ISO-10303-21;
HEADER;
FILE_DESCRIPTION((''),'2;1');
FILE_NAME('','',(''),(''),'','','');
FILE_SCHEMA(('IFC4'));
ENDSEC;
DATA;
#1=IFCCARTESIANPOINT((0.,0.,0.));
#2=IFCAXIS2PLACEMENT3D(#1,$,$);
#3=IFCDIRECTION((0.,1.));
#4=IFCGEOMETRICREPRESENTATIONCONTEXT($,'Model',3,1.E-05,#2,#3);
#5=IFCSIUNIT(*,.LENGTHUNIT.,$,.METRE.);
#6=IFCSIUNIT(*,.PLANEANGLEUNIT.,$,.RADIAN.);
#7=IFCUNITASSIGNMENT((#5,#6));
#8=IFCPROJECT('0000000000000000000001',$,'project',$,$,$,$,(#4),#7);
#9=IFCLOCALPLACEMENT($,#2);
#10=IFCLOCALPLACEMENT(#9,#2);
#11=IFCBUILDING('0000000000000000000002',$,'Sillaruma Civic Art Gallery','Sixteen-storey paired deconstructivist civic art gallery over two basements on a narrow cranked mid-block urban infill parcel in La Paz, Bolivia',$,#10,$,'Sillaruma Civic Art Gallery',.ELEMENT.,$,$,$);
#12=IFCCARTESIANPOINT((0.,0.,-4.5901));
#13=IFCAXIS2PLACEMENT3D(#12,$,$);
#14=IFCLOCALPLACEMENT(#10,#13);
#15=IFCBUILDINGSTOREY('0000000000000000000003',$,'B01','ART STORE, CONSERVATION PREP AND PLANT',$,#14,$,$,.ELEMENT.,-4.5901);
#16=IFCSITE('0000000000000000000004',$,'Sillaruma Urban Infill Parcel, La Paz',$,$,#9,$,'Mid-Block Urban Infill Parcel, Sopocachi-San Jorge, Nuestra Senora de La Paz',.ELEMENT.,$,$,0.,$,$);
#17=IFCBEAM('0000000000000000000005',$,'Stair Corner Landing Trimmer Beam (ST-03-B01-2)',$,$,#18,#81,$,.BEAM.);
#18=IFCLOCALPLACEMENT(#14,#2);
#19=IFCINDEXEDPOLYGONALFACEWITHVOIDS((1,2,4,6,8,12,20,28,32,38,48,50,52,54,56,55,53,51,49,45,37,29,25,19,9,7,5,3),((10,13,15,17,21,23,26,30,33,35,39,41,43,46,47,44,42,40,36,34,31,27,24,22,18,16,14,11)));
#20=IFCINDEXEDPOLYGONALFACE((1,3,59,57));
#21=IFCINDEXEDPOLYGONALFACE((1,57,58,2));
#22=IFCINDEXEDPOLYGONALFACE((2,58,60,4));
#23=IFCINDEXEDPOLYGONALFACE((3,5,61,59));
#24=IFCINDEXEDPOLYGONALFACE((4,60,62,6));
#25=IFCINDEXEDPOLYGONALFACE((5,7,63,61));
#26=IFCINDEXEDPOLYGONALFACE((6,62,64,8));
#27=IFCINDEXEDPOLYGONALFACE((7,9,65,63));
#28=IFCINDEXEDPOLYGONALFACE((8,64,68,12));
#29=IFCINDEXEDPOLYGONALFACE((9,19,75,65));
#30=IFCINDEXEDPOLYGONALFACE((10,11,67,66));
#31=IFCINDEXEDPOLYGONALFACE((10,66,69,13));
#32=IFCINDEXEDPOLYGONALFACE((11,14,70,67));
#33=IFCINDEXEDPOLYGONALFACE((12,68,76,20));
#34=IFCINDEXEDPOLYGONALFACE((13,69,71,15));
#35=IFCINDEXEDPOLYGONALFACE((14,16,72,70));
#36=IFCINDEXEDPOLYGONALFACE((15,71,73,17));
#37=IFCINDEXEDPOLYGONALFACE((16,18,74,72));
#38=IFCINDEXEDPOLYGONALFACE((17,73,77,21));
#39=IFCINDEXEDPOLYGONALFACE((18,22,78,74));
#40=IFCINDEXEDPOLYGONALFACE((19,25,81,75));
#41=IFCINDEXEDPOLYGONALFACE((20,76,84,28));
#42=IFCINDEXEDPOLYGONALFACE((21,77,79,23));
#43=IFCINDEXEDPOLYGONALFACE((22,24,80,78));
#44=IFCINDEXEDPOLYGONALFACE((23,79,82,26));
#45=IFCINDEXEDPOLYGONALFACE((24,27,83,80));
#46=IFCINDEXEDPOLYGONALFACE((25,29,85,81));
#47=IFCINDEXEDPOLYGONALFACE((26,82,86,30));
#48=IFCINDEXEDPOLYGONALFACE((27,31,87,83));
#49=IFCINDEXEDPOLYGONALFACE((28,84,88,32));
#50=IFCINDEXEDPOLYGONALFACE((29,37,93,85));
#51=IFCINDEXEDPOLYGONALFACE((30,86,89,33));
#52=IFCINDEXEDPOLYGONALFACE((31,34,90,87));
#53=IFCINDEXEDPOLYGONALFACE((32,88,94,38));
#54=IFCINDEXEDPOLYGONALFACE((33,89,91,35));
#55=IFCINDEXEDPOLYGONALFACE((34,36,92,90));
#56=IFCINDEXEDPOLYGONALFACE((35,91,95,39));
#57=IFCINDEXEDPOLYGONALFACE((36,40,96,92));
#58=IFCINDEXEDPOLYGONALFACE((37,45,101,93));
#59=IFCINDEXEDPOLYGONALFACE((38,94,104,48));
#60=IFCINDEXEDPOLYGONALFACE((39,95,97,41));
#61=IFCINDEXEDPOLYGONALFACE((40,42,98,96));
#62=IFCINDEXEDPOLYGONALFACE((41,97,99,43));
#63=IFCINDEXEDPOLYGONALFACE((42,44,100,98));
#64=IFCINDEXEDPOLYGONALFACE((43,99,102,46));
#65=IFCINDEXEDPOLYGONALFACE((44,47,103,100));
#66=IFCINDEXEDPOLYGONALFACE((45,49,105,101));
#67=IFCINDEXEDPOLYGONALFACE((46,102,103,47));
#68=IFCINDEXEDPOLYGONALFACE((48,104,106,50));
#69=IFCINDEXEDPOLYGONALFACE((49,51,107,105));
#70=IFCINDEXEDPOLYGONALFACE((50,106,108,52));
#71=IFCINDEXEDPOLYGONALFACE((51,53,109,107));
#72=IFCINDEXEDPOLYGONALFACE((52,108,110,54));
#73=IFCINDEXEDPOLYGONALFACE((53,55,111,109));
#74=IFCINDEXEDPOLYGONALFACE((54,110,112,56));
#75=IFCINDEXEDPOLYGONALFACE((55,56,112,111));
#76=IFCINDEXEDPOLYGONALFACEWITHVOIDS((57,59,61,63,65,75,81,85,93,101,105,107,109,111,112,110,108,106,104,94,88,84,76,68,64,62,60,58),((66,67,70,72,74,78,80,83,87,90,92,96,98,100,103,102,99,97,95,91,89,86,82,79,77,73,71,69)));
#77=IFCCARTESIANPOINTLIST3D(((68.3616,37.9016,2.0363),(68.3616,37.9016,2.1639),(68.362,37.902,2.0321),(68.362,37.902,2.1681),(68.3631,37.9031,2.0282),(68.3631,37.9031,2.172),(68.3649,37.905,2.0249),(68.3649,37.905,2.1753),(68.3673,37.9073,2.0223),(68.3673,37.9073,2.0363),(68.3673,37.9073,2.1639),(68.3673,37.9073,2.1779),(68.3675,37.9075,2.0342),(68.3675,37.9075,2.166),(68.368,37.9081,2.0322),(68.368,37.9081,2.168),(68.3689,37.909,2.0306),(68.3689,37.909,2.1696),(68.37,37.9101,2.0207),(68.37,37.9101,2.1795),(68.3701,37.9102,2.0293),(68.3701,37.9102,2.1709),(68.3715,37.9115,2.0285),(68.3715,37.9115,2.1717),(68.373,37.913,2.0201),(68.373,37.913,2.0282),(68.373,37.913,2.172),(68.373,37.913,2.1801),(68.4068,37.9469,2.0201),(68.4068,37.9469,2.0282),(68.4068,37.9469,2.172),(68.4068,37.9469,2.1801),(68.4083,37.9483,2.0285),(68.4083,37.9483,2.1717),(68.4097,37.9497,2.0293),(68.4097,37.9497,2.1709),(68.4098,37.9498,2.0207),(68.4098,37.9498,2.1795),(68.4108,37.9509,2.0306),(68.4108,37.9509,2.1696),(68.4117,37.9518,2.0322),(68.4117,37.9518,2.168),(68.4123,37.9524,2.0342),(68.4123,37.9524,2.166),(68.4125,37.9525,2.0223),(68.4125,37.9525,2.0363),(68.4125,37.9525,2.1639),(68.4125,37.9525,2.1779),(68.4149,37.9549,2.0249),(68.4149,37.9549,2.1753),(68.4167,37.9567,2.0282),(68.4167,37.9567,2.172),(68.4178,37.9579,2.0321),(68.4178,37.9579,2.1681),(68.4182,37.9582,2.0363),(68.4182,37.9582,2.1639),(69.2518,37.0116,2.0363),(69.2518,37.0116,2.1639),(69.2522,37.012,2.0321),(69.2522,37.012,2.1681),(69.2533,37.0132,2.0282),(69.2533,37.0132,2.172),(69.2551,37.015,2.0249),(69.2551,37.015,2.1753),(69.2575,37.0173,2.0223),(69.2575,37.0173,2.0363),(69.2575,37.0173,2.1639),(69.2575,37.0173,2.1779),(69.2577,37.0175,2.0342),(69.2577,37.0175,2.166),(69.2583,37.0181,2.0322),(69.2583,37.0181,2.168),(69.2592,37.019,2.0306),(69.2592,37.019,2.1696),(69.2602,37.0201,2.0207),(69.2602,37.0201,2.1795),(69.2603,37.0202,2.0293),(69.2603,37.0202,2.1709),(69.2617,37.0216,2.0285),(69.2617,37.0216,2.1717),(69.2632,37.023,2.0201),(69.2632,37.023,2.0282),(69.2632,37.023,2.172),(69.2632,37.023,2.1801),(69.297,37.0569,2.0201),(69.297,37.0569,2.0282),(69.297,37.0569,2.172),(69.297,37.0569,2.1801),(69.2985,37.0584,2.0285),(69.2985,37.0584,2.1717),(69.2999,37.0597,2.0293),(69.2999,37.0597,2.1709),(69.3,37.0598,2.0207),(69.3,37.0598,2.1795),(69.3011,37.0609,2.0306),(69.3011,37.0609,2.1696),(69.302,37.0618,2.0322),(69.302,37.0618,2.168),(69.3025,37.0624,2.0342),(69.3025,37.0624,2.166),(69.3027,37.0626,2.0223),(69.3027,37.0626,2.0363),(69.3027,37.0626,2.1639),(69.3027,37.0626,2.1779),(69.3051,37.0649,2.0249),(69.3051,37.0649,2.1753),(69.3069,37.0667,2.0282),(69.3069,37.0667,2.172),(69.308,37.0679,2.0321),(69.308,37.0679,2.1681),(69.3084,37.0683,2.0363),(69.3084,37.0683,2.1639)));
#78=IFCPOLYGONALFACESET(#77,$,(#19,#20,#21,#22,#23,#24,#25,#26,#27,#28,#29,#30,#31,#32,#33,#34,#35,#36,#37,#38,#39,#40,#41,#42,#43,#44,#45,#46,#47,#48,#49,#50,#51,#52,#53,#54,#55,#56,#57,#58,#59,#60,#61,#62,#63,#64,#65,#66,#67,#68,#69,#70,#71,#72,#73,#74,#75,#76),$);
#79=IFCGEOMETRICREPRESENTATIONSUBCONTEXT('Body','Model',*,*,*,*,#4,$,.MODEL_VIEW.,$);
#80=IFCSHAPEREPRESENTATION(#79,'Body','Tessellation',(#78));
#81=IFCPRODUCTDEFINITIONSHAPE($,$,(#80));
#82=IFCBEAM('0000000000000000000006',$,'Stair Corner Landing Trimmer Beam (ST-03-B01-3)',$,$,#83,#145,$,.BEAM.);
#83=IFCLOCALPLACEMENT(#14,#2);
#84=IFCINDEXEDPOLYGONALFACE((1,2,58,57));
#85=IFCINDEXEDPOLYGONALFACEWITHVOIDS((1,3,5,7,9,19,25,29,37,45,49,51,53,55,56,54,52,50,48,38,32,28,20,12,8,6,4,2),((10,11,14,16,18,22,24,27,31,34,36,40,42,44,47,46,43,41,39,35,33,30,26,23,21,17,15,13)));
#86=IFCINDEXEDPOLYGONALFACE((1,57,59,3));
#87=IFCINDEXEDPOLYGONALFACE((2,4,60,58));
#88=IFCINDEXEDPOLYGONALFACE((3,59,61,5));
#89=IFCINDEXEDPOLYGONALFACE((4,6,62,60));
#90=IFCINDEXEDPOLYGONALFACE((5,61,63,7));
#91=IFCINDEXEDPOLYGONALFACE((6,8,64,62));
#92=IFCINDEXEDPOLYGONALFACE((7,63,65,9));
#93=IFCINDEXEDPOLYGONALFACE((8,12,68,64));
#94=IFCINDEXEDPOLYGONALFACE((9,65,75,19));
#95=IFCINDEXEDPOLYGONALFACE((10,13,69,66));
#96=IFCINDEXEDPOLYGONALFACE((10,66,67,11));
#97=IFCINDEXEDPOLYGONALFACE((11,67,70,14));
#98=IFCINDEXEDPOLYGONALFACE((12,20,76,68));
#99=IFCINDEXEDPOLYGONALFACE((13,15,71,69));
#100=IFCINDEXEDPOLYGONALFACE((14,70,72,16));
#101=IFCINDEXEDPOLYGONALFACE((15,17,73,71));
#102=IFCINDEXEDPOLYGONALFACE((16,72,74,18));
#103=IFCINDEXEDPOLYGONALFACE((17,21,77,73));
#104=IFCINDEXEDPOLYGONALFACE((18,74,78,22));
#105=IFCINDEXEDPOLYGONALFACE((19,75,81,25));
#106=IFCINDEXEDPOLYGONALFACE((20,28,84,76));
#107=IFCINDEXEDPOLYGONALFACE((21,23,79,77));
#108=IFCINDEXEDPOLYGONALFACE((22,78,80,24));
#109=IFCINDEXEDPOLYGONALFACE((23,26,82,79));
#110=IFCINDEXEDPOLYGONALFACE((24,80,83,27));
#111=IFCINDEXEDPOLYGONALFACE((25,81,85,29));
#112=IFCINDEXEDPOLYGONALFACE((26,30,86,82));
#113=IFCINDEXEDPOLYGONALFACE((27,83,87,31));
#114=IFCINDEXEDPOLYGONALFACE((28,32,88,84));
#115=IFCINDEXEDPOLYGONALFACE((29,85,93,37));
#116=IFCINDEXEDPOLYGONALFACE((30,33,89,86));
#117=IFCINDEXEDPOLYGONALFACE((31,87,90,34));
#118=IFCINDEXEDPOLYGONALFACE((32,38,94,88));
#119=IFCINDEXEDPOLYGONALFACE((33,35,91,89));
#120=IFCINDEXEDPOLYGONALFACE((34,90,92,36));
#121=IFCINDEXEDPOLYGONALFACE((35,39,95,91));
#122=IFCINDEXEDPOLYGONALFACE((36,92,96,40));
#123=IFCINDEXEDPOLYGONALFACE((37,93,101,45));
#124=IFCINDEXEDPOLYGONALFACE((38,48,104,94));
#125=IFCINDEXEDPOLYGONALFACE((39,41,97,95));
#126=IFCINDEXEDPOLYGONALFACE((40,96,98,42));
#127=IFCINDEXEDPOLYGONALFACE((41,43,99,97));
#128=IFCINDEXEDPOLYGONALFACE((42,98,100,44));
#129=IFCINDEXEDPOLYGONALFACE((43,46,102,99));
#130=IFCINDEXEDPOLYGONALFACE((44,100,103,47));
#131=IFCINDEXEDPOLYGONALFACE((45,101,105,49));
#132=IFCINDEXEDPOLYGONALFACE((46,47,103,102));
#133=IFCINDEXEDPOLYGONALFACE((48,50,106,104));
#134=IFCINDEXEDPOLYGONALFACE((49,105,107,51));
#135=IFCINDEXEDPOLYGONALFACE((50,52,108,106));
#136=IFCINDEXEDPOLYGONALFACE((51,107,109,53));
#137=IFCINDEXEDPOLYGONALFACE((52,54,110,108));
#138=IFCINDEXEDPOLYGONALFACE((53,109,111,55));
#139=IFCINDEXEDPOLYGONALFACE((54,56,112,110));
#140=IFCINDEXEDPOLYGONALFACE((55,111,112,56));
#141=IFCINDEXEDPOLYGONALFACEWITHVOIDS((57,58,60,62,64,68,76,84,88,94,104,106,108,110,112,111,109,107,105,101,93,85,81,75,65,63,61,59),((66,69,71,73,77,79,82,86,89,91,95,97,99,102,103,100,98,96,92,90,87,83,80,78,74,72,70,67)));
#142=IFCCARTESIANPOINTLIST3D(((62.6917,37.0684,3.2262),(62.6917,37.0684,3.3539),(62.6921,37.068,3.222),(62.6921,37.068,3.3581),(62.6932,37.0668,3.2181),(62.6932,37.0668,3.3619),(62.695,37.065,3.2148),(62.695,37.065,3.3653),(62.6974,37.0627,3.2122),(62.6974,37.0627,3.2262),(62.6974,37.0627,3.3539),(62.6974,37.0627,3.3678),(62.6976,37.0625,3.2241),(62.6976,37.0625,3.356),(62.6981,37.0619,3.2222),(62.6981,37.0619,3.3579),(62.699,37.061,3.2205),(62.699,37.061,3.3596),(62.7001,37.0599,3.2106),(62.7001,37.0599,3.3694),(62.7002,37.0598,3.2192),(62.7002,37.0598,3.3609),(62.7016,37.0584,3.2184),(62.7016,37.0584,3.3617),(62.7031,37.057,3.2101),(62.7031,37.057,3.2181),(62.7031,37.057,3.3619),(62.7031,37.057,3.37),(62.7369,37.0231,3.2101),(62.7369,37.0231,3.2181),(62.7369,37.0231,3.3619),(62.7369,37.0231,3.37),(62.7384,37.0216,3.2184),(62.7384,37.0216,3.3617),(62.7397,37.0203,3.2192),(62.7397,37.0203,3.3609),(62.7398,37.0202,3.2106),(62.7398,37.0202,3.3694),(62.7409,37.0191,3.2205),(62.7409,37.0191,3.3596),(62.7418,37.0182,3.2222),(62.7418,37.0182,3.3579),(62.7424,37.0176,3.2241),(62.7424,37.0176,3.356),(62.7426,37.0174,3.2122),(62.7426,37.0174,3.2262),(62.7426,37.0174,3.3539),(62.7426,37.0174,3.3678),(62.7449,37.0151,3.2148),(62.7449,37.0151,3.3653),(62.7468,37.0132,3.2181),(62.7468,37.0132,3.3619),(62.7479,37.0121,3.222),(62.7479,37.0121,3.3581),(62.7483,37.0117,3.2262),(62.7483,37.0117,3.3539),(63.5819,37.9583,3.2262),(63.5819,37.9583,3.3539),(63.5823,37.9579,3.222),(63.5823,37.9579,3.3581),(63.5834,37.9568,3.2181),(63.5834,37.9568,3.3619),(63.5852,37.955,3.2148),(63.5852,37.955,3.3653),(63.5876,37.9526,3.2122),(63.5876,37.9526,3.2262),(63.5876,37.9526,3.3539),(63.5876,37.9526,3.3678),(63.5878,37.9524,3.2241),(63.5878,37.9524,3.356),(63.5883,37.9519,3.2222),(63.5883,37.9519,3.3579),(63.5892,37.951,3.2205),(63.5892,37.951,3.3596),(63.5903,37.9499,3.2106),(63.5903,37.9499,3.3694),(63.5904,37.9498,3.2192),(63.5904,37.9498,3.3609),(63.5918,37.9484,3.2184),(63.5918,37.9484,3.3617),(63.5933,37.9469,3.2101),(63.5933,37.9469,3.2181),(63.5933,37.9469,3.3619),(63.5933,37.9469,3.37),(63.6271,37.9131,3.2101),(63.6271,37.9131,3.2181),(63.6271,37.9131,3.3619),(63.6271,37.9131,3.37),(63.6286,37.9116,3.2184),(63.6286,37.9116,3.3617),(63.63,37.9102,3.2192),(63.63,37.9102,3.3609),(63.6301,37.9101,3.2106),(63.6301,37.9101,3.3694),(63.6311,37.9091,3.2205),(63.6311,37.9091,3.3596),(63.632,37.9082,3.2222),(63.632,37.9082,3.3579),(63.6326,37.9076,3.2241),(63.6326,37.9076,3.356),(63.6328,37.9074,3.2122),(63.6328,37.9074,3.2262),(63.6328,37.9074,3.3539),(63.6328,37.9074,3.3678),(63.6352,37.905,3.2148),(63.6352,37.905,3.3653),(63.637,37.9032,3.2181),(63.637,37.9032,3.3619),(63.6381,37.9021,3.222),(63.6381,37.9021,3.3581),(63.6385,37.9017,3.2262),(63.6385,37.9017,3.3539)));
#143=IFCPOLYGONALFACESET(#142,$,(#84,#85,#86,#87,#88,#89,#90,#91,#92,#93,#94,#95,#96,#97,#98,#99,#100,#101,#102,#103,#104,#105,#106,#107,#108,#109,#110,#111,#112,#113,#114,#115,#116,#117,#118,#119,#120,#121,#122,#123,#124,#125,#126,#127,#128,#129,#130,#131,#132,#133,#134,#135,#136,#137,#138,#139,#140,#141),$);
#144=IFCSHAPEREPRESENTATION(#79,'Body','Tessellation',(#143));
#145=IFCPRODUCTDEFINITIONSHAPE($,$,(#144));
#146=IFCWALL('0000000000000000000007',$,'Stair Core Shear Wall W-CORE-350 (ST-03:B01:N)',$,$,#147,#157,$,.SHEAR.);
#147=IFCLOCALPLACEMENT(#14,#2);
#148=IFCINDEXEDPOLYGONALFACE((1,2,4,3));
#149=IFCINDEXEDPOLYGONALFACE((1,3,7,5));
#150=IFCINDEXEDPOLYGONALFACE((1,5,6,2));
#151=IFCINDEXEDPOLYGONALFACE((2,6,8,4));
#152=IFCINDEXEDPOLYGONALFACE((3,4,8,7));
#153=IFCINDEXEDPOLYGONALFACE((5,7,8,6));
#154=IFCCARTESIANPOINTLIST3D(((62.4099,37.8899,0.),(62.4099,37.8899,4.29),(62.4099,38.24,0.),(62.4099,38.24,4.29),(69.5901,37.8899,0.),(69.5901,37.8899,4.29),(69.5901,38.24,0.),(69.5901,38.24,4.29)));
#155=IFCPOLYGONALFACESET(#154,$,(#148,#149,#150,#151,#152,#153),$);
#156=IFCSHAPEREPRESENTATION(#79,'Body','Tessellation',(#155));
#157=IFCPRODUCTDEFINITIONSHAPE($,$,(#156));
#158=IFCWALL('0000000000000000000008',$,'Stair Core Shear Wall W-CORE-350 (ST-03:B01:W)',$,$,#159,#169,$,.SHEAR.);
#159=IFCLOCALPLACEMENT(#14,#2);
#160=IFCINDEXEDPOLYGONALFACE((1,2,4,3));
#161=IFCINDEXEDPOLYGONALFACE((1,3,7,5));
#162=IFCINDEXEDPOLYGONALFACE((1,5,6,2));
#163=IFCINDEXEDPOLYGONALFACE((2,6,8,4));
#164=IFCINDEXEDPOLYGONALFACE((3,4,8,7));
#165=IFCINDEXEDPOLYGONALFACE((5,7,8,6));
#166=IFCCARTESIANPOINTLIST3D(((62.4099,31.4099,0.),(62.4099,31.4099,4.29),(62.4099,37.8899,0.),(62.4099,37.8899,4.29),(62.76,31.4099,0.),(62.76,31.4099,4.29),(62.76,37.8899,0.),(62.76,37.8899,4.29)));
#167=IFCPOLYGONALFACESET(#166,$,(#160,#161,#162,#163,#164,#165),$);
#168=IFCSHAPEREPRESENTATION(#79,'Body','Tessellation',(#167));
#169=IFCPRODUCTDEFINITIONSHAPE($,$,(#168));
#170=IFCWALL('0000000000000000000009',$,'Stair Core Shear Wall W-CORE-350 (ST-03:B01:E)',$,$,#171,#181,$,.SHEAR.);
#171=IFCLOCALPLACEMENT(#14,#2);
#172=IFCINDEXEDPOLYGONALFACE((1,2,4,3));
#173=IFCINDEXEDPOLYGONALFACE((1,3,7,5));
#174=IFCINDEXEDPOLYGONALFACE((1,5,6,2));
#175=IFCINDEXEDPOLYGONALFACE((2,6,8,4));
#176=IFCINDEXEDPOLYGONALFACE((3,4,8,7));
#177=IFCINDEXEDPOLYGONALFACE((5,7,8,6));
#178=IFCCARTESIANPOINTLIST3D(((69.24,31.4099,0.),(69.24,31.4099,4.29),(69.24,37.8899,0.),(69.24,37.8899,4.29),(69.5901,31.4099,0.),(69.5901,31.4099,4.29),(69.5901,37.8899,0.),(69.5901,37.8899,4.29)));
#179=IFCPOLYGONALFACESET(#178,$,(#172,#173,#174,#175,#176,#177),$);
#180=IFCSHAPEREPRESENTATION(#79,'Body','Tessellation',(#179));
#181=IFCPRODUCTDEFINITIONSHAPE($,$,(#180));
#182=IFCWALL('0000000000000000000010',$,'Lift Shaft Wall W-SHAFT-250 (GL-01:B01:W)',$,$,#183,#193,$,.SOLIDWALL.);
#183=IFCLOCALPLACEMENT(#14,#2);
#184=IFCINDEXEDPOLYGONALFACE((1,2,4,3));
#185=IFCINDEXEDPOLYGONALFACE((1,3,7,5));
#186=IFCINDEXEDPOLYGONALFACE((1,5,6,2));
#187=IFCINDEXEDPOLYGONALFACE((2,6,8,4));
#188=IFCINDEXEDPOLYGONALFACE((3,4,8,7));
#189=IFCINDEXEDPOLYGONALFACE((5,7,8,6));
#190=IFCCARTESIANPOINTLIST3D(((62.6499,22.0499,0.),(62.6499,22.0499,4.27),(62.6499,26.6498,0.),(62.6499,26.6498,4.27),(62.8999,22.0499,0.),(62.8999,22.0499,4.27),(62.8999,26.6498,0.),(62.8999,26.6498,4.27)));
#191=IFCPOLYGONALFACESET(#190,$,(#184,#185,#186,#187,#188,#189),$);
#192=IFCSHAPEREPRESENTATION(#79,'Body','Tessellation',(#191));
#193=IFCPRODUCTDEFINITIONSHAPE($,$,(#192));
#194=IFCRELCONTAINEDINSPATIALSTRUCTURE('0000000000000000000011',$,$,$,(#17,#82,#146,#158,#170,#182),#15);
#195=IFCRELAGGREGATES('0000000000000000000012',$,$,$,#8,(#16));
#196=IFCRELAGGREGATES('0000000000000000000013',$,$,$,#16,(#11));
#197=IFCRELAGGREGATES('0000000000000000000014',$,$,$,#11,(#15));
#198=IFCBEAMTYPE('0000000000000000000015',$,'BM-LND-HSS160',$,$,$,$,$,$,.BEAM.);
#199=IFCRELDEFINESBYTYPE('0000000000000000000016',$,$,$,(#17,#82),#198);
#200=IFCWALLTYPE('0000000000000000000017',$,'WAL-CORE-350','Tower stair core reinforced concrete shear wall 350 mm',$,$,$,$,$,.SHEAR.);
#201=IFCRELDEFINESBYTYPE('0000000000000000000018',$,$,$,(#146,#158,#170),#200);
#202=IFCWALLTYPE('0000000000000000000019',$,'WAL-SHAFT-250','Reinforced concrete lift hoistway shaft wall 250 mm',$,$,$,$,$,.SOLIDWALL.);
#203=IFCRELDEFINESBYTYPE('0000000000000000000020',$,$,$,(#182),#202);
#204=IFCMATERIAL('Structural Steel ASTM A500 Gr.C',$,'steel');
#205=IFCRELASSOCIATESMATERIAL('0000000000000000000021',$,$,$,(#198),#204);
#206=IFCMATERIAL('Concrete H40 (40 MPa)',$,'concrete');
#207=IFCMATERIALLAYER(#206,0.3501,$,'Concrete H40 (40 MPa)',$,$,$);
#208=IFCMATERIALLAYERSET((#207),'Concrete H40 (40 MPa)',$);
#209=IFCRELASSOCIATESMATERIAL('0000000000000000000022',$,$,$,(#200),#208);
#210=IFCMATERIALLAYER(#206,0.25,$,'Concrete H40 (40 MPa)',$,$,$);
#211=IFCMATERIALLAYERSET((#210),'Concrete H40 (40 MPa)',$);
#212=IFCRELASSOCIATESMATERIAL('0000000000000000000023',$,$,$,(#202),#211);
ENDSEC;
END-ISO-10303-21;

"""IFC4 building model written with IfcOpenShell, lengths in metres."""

from ifc_helpers import new_model, si_unit, direction, frame, frame_2d, origin, origin_2d, place, context, subcontext, project, spatial, rectangle, hollow_rectangle, extrude, material, layer, layer_set, material_profile, profile_set, type_object, element, save


model = new_model("IFC4")

# Units and contexts
model_context = context("Model", 3, precision=1e-05, world=origin(), true_north=direction((0.0, 1.0)))
body_context = subcontext(model_context, "Body", "Model", "MODEL_VIEW")
ifc_project = project(units=[si_unit("LENGTHUNIT", "METRE"), si_unit("PLANEANGLEUNIT", "RADIAN")], contexts=[model_context])

# Site, building, storey
site_placement = place(None, origin())
site = spatial("IfcSite", under=ifc_project, at=site_placement, Name="Sillaruma Urban Infill Parcel, La Paz", LongName="Mid-Block Urban Infill Parcel, Sopocachi-San Jorge, Nuestra Senora de La Paz", CompositionType="ELEMENT", RefElevation=0.0)
building_placement = place(site_placement, origin())
building = spatial("IfcBuilding", under=site, at=building_placement, Name="Sillaruma Civic Art Gallery", Description="Sixteen-storey paired deconstructivist civic art gallery over two basements on a narrow cranked mid-block urban infill parcel in La Paz, Bolivia", LongName="Sillaruma Civic Art Gallery", CompositionType="ELEMENT")
storey_placement = place(building_placement, frame((0.0, 0.0, -4.5901)))
storey = spatial("IfcBuildingStorey", under=building, at=storey_placement, Name="B01", Description="ART STORE, CONSERVATION PREP AND PLANT", CompositionType="ELEMENT", Elevation=-4.5901)

# Shared definitions
ifc_material_1 = material(Name="Concrete H40 (40 MPa)", Category="concrete")

# Beams
ifc_material_2 = material(Name="Structural Steel ASTM A500 Gr.C", Category="steel")
ifc_material_profile_1 = material_profile(ifc_material_2, hollow_rectangle(XDim=0.0801, YDim=0.1599, WallThickness=0.0081, InnerFilletRadius=0.0081, OuterFilletRadius=0.0161, at=origin_2d()), Name="HSS160x80x8")
ifc_profile_set_1 = profile_set([ifc_material_profile_1], Name="Structural Steel ASTM A500 Gr.C")
beam_type_1 = type_object("IfcBeamType", Name="BM-LND-HSS160", PredefinedType="BEAM", material=ifc_profile_set_1)
for number, where, z_axis, x_axis, name in (
    (1, (68.3899, 37.9299, 2.1001), (0.707204, -0.70701, 0.0), (0.70701, 0.707204, 0.0), "Stair Corner Landing Trimmer Beam (ST-03-B01-2)"),
    (2, (62.72, 37.04, 3.29), (0.707204, 0.70701, 0.0), (-0.70701, 0.707204, 0.0), "Stair Corner Landing Trimmer Beam (ST-03-B01-3)"),
):
    element("IfcBeam", number, at=place(storey_placement, frame(where, z_axis=z_axis, x_axis=x_axis)), inside=storey, type_object=beam_type_1, Name=name, PredefinedType="BEAM", context=body_context, shape_type="SweptSolid", body=[
        extrude(hollow_rectangle(XDim=0.0801, YDim=0.1599, WallThickness=0.0081, InnerFilletRadius=0.0081, OuterFilletRadius=0.0161, at=origin_2d()), origin(), (0.0, 0.0, 1.0), 1.2588),
    ])

# Walls
ifc_layer_1 = layer(ifc_material_1, 0.3501, Name="Concrete H40 (40 MPa)")
ifc_layer_set_1 = layer_set([ifc_layer_1], Name="Concrete H40 (40 MPa)")
wall_type_1 = type_object("IfcWallType", Name="WAL-CORE-350", Description="Tower stair core reinforced concrete shear wall 350 mm", PredefinedType="SHEAR", material=ifc_layer_set_1)
wall_1_placement = place(storey_placement, frame((62.4099, 38.0649, 0.0), z_axis=(0.0, 0.0, 1.0), x_axis=(1.0, 0.0, 0.0)))
element("IfcWall", 3, at=wall_1_placement, inside=storey, type_object=wall_type_1, Name="Stair Core Shear Wall W-CORE-350 (ST-03:B01:N)", PredefinedType="SHEAR", context=body_context, shape_type="SweptSolid", body=[
    extrude(rectangle(XDim=7.1802, YDim=0.3501, at=frame_2d((3.5901, 0.0))), origin(), (0.0, 0.0, 1.0), 4.29),
])
for number, where, z_axis, x_axis, name in (
    (4, (62.585, 31.4099, 0.0), (0.0, 0.0, 1.0), (0.0, 1.0, 0.0), "Stair Core Shear Wall W-CORE-350 (ST-03:B01:W)"),
    (5, (69.415, 31.4099, 0.0), (0.0, 0.0, 1.0), (0.0, 1.0, 0.0), "Stair Core Shear Wall W-CORE-350 (ST-03:B01:E)"),
):
    element("IfcWall", number, at=place(storey_placement, frame(where, z_axis=z_axis, x_axis=x_axis)), inside=storey, type_object=wall_type_1, Name=name, PredefinedType="SHEAR", context=body_context, shape_type="SweptSolid", body=[
        extrude(rectangle(XDim=6.48, YDim=0.3501, at=frame_2d((3.24, 0.0))), origin(), (0.0, 0.0, 1.0), 4.29),
    ])
ifc_layer_2 = layer(ifc_material_1, 0.25, Name="Concrete H40 (40 MPa)")
ifc_layer_set_2 = layer_set([ifc_layer_2], Name="Concrete H40 (40 MPa)")
wall_type_2 = type_object("IfcWallType", Name="WAL-SHAFT-250", Description="Reinforced concrete lift hoistway shaft wall 250 mm", PredefinedType="SOLIDWALL", material=ifc_layer_set_2)
wall_2_placement = place(storey_placement, frame((62.7749, 22.05, 0.0), z_axis=(0.0, 0.0, 1.0), x_axis=(0.0, 1.0, 0.0)))
element("IfcWall", 6, at=wall_2_placement, inside=storey, type_object=wall_type_2, Name="Lift Shaft Wall W-SHAFT-250 (GL-01:B01:W)", PredefinedType="SOLIDWALL", context=body_context, shape_type="SweptSolid", body=[
    extrude(rectangle(XDim=4.5999, YDim=0.25, at=frame_2d((2.2998, 0.0))), origin(), (0.0, 0.0, 1.0), 4.27),
])

save(model, "model.ifc")
